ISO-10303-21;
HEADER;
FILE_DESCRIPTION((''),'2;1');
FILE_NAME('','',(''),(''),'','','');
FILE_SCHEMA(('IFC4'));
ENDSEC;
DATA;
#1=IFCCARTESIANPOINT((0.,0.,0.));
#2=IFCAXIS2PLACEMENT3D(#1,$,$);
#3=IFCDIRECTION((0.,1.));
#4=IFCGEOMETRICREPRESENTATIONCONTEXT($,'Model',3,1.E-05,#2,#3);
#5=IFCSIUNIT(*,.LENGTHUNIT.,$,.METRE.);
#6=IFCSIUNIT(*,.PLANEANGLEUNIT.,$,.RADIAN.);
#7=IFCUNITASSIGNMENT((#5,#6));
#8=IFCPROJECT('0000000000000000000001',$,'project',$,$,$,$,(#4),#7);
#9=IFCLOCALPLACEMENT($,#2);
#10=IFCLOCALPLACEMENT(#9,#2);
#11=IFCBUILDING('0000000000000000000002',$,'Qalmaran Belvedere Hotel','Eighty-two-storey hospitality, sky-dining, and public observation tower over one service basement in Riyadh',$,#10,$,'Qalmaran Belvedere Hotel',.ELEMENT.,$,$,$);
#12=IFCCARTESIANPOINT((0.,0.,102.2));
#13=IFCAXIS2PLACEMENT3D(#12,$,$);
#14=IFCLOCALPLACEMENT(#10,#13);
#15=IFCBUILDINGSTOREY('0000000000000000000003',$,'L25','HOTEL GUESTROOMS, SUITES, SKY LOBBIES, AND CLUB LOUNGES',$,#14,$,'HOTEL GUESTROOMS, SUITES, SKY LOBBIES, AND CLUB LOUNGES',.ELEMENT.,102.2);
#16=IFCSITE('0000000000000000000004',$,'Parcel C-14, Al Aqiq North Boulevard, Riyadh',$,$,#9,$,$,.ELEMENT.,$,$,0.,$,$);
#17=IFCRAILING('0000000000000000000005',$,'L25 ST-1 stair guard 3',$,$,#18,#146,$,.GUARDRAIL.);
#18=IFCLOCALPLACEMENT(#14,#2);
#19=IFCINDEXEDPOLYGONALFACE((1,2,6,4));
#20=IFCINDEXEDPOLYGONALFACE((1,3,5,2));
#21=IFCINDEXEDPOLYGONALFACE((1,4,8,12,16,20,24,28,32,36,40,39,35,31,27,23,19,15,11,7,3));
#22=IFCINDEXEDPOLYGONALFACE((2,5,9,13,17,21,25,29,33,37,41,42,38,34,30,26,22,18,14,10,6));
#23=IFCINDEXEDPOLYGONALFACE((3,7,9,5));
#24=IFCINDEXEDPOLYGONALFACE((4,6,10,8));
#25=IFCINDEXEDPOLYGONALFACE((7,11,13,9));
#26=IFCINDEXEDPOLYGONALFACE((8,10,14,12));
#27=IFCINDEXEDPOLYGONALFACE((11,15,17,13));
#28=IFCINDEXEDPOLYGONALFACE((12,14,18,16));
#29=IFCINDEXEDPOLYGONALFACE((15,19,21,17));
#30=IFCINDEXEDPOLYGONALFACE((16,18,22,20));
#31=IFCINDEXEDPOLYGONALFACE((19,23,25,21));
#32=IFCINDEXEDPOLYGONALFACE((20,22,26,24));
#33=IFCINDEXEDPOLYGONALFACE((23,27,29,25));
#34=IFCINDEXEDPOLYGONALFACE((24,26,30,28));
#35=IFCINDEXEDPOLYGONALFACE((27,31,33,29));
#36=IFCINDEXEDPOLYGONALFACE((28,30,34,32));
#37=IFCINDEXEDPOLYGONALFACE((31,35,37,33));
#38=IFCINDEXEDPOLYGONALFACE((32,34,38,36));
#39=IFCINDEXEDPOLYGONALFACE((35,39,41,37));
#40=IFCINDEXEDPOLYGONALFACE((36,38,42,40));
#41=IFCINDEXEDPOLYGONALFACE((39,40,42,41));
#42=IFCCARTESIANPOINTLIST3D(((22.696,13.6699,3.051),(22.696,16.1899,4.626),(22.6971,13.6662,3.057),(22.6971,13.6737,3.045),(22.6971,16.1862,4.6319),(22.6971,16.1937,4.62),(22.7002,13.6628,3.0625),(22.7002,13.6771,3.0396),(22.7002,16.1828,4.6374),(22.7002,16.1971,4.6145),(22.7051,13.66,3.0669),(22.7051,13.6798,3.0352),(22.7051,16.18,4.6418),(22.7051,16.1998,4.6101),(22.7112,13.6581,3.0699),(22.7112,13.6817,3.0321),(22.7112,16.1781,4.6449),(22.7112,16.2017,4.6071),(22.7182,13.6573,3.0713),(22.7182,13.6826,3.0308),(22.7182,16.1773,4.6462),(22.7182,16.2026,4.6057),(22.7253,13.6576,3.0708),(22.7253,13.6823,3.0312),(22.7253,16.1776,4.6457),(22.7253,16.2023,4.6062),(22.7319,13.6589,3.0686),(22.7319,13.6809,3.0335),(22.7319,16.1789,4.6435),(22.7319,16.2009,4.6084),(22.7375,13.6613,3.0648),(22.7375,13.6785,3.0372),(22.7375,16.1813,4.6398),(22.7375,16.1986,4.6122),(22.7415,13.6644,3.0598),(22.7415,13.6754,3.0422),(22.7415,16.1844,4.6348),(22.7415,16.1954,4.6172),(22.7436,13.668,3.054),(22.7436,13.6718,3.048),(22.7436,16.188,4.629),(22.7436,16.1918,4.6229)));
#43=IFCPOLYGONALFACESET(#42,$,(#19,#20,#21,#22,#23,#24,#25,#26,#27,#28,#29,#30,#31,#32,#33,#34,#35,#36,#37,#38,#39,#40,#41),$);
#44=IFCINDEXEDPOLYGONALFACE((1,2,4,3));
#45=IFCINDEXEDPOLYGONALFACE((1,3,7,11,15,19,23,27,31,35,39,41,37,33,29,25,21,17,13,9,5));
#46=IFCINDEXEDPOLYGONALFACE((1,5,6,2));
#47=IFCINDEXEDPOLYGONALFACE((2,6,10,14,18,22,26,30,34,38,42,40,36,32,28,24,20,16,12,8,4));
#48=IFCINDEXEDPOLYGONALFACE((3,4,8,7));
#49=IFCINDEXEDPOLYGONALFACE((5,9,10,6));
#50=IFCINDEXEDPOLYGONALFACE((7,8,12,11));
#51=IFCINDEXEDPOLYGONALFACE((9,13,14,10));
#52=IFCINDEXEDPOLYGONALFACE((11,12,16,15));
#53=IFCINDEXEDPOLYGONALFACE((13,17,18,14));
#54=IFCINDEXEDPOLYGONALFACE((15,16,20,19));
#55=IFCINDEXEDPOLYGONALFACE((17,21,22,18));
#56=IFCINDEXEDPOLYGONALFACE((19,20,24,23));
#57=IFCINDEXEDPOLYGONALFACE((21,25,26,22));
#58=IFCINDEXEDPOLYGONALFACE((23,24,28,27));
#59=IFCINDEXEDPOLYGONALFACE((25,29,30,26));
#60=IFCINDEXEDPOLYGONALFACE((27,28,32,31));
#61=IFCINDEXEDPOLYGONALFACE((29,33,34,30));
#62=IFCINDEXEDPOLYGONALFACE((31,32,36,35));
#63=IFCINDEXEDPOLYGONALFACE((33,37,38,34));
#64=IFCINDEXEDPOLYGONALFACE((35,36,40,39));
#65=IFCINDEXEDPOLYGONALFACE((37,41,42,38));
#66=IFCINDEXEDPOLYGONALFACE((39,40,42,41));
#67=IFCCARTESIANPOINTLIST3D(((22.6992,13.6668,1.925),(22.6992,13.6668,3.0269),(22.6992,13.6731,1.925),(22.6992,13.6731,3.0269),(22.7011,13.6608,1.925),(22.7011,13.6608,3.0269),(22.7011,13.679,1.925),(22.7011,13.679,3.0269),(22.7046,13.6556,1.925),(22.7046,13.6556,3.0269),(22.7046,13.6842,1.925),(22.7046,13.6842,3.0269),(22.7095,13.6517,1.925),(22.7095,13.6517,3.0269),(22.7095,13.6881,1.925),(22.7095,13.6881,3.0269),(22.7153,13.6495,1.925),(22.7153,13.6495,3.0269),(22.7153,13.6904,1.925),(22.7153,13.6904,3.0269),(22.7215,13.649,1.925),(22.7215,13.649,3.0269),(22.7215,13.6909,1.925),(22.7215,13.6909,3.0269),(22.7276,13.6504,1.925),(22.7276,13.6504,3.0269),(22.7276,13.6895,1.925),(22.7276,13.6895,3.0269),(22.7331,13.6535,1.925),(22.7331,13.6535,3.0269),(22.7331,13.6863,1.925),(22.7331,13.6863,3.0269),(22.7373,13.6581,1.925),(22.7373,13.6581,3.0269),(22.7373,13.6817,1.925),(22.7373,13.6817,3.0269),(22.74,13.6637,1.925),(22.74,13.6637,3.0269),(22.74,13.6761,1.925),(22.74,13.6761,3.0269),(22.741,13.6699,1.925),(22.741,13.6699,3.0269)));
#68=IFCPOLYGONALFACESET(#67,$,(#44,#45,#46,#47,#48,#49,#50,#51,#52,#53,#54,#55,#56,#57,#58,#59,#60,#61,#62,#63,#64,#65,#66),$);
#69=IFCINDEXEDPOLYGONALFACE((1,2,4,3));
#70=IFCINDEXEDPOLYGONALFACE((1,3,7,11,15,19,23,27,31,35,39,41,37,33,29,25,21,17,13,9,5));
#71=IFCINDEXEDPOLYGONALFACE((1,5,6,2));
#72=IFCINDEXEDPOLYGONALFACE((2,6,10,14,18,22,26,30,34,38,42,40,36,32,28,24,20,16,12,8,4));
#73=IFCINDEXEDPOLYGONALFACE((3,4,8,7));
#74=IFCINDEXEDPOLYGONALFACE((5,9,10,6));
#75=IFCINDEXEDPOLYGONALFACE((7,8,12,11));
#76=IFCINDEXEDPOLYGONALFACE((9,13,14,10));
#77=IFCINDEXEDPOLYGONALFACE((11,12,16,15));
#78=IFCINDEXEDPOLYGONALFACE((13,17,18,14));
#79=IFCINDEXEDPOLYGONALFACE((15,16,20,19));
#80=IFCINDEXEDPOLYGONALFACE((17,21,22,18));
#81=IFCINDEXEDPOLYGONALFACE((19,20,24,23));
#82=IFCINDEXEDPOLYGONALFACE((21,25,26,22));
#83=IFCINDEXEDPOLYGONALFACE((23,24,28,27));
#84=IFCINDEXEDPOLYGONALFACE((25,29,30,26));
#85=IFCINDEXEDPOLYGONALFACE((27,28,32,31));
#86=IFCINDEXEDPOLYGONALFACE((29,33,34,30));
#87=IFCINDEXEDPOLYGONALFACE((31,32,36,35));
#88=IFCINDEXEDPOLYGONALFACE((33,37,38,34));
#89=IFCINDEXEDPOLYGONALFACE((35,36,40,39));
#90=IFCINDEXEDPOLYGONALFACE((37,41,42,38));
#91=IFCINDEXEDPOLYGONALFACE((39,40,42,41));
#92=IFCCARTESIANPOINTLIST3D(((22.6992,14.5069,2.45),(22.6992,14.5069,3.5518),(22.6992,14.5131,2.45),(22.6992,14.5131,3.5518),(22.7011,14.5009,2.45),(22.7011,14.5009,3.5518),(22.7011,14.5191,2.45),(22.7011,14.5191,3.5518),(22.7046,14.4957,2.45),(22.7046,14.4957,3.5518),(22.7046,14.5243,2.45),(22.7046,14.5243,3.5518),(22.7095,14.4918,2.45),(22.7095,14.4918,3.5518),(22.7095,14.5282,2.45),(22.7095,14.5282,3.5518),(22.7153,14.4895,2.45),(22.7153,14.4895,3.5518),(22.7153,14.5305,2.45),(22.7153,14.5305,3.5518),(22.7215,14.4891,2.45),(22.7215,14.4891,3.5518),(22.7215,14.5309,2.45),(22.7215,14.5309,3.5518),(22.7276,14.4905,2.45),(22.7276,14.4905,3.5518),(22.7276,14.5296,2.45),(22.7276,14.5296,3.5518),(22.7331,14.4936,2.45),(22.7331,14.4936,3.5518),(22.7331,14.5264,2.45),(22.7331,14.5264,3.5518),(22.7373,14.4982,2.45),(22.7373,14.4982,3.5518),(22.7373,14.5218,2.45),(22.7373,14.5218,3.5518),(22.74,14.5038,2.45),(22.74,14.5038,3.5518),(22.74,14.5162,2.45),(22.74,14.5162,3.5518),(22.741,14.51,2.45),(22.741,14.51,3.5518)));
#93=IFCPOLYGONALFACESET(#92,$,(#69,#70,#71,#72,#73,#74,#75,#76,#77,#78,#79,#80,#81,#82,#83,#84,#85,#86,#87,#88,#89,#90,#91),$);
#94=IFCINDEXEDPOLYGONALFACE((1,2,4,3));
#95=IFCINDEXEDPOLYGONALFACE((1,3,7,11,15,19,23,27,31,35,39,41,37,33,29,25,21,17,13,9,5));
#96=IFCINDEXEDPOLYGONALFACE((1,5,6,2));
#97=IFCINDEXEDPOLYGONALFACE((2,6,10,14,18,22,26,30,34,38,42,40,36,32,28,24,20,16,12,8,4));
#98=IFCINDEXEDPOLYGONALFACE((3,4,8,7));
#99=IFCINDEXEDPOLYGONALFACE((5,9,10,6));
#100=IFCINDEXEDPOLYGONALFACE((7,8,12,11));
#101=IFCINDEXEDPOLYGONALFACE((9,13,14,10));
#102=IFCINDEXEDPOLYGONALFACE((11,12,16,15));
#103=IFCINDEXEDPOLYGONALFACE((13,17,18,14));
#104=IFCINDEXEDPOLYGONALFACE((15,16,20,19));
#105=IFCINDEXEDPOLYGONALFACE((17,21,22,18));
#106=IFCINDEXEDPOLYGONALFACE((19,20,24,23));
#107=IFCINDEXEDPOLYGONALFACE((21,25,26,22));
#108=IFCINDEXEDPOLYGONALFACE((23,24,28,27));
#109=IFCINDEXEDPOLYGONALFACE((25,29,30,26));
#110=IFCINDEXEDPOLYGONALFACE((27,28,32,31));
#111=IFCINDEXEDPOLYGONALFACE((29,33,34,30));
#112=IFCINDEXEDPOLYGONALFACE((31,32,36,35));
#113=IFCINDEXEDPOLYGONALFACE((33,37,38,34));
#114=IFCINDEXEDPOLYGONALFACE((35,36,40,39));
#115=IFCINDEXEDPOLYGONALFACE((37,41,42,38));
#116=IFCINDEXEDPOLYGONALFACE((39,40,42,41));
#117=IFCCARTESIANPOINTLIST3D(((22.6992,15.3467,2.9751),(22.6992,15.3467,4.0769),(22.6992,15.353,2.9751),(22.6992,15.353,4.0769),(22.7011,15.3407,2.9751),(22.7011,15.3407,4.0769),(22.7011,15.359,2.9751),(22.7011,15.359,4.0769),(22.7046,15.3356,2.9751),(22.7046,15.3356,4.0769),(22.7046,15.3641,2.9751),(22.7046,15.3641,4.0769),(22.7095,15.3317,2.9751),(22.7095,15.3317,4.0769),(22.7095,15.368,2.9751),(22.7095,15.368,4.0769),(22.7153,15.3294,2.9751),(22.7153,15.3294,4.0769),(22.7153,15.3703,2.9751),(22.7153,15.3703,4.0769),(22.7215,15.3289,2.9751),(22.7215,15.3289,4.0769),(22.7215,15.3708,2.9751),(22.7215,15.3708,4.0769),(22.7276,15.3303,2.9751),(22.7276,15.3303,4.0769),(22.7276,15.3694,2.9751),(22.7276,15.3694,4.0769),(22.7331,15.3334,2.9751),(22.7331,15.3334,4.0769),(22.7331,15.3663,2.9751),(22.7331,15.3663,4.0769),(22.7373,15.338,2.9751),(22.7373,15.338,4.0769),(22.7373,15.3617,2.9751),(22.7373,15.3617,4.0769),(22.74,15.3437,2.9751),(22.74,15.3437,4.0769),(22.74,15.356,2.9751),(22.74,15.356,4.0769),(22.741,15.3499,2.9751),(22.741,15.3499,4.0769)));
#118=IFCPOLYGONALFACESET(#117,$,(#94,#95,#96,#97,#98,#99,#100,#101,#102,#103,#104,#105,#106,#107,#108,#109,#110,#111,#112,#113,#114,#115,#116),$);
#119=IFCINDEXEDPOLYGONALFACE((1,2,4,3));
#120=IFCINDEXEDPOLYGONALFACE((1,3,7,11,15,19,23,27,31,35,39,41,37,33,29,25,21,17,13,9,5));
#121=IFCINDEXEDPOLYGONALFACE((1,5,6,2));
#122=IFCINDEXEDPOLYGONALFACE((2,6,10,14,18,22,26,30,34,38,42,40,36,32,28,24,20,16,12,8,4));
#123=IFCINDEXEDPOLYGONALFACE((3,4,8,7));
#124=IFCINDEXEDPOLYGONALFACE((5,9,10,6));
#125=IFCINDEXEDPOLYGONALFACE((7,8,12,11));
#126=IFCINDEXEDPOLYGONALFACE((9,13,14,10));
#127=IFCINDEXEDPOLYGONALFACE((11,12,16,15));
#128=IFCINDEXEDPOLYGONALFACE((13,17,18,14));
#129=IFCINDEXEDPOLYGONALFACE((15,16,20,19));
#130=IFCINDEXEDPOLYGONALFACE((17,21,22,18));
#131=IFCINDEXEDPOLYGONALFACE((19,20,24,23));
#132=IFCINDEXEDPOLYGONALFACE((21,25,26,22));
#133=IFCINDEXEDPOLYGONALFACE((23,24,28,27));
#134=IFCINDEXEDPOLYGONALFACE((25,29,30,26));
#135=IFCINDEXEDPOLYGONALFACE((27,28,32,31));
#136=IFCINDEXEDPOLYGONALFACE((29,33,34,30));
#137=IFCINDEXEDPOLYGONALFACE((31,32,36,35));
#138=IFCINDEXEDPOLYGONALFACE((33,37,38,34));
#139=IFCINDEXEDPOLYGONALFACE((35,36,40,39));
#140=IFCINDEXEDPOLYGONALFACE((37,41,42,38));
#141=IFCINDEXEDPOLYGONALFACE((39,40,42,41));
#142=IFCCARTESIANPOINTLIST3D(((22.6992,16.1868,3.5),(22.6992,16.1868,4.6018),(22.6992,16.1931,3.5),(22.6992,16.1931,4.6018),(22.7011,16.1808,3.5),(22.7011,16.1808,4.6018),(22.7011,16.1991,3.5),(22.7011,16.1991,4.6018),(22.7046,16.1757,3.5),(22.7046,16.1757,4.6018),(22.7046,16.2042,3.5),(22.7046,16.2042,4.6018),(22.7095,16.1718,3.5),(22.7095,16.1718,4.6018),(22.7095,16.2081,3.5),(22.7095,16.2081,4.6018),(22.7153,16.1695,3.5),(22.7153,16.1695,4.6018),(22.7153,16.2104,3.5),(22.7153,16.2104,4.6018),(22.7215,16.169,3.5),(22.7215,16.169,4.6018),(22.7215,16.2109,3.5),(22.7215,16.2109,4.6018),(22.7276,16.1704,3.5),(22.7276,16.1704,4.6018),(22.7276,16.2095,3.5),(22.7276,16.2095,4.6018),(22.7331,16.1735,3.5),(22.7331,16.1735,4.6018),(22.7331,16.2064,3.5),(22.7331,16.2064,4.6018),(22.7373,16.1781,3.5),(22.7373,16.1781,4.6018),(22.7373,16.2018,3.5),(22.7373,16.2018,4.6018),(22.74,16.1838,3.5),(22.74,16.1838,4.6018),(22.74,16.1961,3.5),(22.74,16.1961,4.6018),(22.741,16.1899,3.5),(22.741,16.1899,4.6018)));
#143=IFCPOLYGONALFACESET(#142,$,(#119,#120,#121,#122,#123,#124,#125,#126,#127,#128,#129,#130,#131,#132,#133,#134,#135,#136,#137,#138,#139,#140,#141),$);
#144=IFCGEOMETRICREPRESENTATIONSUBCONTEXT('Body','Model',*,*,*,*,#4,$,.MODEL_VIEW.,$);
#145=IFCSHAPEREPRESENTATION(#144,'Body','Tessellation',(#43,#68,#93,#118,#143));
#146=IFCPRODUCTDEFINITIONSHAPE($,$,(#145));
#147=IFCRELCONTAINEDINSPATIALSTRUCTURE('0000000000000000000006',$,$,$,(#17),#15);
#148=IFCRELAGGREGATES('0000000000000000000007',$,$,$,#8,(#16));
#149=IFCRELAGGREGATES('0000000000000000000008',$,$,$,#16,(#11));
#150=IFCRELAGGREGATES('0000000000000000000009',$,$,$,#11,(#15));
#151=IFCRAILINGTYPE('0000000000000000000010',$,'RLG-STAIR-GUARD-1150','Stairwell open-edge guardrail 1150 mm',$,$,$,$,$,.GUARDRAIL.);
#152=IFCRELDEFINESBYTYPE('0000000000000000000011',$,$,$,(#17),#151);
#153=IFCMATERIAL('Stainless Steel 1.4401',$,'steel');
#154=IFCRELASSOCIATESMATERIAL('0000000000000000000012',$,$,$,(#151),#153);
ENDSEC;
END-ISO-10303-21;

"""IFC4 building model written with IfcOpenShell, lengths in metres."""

from ifc_helpers import new_model, si_unit, direction, frame, origin, origin_2d, place, context, subcontext, project, spatial, circle, extrude, material, type_object, element, save


model = new_model("IFC4")

# Units and contexts
model_context = context("Model", 3, precision=1e-05, world=origin(), true_north=direction((0.0, 1.0)))
body_context = subcontext(model_context, "Body", "Model", "MODEL_VIEW")
ifc_project = project(units=[si_unit("LENGTHUNIT", "METRE"), si_unit("PLANEANGLEUNIT", "RADIAN")], contexts=[model_context])

# Site, building, storey
site_placement = place(None, origin())
site = spatial("IfcSite", under=ifc_project, at=site_placement, Name="Parcel C-14, Al Aqiq North Boulevard, Riyadh", CompositionType="ELEMENT", RefElevation=0.0)
building_placement = place(site_placement, origin())
building = spatial("IfcBuilding", under=site, at=building_placement, Name="Qalmaran Belvedere Hotel", Description="Eighty-two-storey hospitality, sky-dining, and public observation tower over one service basement in Riyadh", LongName="Qalmaran Belvedere Hotel", CompositionType="ELEMENT")
storey_placement = place(building_placement, frame((0.0, 0.0, 102.2)))
storey = spatial("IfcBuildingStorey", under=building, at=storey_placement, Name="L25", Description="HOTEL GUESTROOMS, SUITES, SKY LOBBIES, AND CLUB LOUNGES", LongName="HOTEL GUESTROOMS, SUITES, SKY LOBBIES, AND CLUB LOUNGES", CompositionType="ELEMENT", Elevation=102.2)

# Shared definitions
ifc_material_1 = material(Name="Stainless Steel 1.4401", Category="steel")

# Railing
railing_type_1 = type_object("IfcRailingType", Name="RLG-STAIR-GUARD-1150", Description="Stairwell open-edge guardrail 1150 mm", PredefinedType="GUARDRAIL", material=ifc_material_1)
railing_1_placement = place(storey_placement, frame((22.72, 13.6699, 1.925)))
element("IfcRailing", 1, at=railing_1_placement, inside=storey, type_object=railing_type_1, Name="L25 ST-1 stair guard 3", PredefinedType="GUARDRAIL", context=body_context, shape_type="SweptSolid", body=[
    extrude(circle(Radius=0.0239, at=origin_2d()), frame((0.0, 0.0, 1.126), z_axis=(0.0, 0.848008, 0.529984), x_axis=(-1.0, 0.0, 0.0)), (0.0, 0.0, 1.0), 2.9717),
    extrude(circle(Radius=0.021, at=origin_2d()), origin(), (0.0, 0.0, 1.0), 1.1018),
    extrude(circle(Radius=0.021, at=origin_2d()), frame((0.0, 0.8401, 0.5249)), (0.0, 0.0, 1.0), 1.1018),
    extrude(circle(Radius=0.021, at=origin_2d()), frame((0.0, 1.6799, 1.05)), (0.0, 0.0, 1.0), 1.1018),
    extrude(circle(Radius=0.021, at=origin_2d()), frame((0.0, 2.52, 1.575)), (0.0, 0.0, 1.0), 1.1018),
])

save(model, "model.ifc")
